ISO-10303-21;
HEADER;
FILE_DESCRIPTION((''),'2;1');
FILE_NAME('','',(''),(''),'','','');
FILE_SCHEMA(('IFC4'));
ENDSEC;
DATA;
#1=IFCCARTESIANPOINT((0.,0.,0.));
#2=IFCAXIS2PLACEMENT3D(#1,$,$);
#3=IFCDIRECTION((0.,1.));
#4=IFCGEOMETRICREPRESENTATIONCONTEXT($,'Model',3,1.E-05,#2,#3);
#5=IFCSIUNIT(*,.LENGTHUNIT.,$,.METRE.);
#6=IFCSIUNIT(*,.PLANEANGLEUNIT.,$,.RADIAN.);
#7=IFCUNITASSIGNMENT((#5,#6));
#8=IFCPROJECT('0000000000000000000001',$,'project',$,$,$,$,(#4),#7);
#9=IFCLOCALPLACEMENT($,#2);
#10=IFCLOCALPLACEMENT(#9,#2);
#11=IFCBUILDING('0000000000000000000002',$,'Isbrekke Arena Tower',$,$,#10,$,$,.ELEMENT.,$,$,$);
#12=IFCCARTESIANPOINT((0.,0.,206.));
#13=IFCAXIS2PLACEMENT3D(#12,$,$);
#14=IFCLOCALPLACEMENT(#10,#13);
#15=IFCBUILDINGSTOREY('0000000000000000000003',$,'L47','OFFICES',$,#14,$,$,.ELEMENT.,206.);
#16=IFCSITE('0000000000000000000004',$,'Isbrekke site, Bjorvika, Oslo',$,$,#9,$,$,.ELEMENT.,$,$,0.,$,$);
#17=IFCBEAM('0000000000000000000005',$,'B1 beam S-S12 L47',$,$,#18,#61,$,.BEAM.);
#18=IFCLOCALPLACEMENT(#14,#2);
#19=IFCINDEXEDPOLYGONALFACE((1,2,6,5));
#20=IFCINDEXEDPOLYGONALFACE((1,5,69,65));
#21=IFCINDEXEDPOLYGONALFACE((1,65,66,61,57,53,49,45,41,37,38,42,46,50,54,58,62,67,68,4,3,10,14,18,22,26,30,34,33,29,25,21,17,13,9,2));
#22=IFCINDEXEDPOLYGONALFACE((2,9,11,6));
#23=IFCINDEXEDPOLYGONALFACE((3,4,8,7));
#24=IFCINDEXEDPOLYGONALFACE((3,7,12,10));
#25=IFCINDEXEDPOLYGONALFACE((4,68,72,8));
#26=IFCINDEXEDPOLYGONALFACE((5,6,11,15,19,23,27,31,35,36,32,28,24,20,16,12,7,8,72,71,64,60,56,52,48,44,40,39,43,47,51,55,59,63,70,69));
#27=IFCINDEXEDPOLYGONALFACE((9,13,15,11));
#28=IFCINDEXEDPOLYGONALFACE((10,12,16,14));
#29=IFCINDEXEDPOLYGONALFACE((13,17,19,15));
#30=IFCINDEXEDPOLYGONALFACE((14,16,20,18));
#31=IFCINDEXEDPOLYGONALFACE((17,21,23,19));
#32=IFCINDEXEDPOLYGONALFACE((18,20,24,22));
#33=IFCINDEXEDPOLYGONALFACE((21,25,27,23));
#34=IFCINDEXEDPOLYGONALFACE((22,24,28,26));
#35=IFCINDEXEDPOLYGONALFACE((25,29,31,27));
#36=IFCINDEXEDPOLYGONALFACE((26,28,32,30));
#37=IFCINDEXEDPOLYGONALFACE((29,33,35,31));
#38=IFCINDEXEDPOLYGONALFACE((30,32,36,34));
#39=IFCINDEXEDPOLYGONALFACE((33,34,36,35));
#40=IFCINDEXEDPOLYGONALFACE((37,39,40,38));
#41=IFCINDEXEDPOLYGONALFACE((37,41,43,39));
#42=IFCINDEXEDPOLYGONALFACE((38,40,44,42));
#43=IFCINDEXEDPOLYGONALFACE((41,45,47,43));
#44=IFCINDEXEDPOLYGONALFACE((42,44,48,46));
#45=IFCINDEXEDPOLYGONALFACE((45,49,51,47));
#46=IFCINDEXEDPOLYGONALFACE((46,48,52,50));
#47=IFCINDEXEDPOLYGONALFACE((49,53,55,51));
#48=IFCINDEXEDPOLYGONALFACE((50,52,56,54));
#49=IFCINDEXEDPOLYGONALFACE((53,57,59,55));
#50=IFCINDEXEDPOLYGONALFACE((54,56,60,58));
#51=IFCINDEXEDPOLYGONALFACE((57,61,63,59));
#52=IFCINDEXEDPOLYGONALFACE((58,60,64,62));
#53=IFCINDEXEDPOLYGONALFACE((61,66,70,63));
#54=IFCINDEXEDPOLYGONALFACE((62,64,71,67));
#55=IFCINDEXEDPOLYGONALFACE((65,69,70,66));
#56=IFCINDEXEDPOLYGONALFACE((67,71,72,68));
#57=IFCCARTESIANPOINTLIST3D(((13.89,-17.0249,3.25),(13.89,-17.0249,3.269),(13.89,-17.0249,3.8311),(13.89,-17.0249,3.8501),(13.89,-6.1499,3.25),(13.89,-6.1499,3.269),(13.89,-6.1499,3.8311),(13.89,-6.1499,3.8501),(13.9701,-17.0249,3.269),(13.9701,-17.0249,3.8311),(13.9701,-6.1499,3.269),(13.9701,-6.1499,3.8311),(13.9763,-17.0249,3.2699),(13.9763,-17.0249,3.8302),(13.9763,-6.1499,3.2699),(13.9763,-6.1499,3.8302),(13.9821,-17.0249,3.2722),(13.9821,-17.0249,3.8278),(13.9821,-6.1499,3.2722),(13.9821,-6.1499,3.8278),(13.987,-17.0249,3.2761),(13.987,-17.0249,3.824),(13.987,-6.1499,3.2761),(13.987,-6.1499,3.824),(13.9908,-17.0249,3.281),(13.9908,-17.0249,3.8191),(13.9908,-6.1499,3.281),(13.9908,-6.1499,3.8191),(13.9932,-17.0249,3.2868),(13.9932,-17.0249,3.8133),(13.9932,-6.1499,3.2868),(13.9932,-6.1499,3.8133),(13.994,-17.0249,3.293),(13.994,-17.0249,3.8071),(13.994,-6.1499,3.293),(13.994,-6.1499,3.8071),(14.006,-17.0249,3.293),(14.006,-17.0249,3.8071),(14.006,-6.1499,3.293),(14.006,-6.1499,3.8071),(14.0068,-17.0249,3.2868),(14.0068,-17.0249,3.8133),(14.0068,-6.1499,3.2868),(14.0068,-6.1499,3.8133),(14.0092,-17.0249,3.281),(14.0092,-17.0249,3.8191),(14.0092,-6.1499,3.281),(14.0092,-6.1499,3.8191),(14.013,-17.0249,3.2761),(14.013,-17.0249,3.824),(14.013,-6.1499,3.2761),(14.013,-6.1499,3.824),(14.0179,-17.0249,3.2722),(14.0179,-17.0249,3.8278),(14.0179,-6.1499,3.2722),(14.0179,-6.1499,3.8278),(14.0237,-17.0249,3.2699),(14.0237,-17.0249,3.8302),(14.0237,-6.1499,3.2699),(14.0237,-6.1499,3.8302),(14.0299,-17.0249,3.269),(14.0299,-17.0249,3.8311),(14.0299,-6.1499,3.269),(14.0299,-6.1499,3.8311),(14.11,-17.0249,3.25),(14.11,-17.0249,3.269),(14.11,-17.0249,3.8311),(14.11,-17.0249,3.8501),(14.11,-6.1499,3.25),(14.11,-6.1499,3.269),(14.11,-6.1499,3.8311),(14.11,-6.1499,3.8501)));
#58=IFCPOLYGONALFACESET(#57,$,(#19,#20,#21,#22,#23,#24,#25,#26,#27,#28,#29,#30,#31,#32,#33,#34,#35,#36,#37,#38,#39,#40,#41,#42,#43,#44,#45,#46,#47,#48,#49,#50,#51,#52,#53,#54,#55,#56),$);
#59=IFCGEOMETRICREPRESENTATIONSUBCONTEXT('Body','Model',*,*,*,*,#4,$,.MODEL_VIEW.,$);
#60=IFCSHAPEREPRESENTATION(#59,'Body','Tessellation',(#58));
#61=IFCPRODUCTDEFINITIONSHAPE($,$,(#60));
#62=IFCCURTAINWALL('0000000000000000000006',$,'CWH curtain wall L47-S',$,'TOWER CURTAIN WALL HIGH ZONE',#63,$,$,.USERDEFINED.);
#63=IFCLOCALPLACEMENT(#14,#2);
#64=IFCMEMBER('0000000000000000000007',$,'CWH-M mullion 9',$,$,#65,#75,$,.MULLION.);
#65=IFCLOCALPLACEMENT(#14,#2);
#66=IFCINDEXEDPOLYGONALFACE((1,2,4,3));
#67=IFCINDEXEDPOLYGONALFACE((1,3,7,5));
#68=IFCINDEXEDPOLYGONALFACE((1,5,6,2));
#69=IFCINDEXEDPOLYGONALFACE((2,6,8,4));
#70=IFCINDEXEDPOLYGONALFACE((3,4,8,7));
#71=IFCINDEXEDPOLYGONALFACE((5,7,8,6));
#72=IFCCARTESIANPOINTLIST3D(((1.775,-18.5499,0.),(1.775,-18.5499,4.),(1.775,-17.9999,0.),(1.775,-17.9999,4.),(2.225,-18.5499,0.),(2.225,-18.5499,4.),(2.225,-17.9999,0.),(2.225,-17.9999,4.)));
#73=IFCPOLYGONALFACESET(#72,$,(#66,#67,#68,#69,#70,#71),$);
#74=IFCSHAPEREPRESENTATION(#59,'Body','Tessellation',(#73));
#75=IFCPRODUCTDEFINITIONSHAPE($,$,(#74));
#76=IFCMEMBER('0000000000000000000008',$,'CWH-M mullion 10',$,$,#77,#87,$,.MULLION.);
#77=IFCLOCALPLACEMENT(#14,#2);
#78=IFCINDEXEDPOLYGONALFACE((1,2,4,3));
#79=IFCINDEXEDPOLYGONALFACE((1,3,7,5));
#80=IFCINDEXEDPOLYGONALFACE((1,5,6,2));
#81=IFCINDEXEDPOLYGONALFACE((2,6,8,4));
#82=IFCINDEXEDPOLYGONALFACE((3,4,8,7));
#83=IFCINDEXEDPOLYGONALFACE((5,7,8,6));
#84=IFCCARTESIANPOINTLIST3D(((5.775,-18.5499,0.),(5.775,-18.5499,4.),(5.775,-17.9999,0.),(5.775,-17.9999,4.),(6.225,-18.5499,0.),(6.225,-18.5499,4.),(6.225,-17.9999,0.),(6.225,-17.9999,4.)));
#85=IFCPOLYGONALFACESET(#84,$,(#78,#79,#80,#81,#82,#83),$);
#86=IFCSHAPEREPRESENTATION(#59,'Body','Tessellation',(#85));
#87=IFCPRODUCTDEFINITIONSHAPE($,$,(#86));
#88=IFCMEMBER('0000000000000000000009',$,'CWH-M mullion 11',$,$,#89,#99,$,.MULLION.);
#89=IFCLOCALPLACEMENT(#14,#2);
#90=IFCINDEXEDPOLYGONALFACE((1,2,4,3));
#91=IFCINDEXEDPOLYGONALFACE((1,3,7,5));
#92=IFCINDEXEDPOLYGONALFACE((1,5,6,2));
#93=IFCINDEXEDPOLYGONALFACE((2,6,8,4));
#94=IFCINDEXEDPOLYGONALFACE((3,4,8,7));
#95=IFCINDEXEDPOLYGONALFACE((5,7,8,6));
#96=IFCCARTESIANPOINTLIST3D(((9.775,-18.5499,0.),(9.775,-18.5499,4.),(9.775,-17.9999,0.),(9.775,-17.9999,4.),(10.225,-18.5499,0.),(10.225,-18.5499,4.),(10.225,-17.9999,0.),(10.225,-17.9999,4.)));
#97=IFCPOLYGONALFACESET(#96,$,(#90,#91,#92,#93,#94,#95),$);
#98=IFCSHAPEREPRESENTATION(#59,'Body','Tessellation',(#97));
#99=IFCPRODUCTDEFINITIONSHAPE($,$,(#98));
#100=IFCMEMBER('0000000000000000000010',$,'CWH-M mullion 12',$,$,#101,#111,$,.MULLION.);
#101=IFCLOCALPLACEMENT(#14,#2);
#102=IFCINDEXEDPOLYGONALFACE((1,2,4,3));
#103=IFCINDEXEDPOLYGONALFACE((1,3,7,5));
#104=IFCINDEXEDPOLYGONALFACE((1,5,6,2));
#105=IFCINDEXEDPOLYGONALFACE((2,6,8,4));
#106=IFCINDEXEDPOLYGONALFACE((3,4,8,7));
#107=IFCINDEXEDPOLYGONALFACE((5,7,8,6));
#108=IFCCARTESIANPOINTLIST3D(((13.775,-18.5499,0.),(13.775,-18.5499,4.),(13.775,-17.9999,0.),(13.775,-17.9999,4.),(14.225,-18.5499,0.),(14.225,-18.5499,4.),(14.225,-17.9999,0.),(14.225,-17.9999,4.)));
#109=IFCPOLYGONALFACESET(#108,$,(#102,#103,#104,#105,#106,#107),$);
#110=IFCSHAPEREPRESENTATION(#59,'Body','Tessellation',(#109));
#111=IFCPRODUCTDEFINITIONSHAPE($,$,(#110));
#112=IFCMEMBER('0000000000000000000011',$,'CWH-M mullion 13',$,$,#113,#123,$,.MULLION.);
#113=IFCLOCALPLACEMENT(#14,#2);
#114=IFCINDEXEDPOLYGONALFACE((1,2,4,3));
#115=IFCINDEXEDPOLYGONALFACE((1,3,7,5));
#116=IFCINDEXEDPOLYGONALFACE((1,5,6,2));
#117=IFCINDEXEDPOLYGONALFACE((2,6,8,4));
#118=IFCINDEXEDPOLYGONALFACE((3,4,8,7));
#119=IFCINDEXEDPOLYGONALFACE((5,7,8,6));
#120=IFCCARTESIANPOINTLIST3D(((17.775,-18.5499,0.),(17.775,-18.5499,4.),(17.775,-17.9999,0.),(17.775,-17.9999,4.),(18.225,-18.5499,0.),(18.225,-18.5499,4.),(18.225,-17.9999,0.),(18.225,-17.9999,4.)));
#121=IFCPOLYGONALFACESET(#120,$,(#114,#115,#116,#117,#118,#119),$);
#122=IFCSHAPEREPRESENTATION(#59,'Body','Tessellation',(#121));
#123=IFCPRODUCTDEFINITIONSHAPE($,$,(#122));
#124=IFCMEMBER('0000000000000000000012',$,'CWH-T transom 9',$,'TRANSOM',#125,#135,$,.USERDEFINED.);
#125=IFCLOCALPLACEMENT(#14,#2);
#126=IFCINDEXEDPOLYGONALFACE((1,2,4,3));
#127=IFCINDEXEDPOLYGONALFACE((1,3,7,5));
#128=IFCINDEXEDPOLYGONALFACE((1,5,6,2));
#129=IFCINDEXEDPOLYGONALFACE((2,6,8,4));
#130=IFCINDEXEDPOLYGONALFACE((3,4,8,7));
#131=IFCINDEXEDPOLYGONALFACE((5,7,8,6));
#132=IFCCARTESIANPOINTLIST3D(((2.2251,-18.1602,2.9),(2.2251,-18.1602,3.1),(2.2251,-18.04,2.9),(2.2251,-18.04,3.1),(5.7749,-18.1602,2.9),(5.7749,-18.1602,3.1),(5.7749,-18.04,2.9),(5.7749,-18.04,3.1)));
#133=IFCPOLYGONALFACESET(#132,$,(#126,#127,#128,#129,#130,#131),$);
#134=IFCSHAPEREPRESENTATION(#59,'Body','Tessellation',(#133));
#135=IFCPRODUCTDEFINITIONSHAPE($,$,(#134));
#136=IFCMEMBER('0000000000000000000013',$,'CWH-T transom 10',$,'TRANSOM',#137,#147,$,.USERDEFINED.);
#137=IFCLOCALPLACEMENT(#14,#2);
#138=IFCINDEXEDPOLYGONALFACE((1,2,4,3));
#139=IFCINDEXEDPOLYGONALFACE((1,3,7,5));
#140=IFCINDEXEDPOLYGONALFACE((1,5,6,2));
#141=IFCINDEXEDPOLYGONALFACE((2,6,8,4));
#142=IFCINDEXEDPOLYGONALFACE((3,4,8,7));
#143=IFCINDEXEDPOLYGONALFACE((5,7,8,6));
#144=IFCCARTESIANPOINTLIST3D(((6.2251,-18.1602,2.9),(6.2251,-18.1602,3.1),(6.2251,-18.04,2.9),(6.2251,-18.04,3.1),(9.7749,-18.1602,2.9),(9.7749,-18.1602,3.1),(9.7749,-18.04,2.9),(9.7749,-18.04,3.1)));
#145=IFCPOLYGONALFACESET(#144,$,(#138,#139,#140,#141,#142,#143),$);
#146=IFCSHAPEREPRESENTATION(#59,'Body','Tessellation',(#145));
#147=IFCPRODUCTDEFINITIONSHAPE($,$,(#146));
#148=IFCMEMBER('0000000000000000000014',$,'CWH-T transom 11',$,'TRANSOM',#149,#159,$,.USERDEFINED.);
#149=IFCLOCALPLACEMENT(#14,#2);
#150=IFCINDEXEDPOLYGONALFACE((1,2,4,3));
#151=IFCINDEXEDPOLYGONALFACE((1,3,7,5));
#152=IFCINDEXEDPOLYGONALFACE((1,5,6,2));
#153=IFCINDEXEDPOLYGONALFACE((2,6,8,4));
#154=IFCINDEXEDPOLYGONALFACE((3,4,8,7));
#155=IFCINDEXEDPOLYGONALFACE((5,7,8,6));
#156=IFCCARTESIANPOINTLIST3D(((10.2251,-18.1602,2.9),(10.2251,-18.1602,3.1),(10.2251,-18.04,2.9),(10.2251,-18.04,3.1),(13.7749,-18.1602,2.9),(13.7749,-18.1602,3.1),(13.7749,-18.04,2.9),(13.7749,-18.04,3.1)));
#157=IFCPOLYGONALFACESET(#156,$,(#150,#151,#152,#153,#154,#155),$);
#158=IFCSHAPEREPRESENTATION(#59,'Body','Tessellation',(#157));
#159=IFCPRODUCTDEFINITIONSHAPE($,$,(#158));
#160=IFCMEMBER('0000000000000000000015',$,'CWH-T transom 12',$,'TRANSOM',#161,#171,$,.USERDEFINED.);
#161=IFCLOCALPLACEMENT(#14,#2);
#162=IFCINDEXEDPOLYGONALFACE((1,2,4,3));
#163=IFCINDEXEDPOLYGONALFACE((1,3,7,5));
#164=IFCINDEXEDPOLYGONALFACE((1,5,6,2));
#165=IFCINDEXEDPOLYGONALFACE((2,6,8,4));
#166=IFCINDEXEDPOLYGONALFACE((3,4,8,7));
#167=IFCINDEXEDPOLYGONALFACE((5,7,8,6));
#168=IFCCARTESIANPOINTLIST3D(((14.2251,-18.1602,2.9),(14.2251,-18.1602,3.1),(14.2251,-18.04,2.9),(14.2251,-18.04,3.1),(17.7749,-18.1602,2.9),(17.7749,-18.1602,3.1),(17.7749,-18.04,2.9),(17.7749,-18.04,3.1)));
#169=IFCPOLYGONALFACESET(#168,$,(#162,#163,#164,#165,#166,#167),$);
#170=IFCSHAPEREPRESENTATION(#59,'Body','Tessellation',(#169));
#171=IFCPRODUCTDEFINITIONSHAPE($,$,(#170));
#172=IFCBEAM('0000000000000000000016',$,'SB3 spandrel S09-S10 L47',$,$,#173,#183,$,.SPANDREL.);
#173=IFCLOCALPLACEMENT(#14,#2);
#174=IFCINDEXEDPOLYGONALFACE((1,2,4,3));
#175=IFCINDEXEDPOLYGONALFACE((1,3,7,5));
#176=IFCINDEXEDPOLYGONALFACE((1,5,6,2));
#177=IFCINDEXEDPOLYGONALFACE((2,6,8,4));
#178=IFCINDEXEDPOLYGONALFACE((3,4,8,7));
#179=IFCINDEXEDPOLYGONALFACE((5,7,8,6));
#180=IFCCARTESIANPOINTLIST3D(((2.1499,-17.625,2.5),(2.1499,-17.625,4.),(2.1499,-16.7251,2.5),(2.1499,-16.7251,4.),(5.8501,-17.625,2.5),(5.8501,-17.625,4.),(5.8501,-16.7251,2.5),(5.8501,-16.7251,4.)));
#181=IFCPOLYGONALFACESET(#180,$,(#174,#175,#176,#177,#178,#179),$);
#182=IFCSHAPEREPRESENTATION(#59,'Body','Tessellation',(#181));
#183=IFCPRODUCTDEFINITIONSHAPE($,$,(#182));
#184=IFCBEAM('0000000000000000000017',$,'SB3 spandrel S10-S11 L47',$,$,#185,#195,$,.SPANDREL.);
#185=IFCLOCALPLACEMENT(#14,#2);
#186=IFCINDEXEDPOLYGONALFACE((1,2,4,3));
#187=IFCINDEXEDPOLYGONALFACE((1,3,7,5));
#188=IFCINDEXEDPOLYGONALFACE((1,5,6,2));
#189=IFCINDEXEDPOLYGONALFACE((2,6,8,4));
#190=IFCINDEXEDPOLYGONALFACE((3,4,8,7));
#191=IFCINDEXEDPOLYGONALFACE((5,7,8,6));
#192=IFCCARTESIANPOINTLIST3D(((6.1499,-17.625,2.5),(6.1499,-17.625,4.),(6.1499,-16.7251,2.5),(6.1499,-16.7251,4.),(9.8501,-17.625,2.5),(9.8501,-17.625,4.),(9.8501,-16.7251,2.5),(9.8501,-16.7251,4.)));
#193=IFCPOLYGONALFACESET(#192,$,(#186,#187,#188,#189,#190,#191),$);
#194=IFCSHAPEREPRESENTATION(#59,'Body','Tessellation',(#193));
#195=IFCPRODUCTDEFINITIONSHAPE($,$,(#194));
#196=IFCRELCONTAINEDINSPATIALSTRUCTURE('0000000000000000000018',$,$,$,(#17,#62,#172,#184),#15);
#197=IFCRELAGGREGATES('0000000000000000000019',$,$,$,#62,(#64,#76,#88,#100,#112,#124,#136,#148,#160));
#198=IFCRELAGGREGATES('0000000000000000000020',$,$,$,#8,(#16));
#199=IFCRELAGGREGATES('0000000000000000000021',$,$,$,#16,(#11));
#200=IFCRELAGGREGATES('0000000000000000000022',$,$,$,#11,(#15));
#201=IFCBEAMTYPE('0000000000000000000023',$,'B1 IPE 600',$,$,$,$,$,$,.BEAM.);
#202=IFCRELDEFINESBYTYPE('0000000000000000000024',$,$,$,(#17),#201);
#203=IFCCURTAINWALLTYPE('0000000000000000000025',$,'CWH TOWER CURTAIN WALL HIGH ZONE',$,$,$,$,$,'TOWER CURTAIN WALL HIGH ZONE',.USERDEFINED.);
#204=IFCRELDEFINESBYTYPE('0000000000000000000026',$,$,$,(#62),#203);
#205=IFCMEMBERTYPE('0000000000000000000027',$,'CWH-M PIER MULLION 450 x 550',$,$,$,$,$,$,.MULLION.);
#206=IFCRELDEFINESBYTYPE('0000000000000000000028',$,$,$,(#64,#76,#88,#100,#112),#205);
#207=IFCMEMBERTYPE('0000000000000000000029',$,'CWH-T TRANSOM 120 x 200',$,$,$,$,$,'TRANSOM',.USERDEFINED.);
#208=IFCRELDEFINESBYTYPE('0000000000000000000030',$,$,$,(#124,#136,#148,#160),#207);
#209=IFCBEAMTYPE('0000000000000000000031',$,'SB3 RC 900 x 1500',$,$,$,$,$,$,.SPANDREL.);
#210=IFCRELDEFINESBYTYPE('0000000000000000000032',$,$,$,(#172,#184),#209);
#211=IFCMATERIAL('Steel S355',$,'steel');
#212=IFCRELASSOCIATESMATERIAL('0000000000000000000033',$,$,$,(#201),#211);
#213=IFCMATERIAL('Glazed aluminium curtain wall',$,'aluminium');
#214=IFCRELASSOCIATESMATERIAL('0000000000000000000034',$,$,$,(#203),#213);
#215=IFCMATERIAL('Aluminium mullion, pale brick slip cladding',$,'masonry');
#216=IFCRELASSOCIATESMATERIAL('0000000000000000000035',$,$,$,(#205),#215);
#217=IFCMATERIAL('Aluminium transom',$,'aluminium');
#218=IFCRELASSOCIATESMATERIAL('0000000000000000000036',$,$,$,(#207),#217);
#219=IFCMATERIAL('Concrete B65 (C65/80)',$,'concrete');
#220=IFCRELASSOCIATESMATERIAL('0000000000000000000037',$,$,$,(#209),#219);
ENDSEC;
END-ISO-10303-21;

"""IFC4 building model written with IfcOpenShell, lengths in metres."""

from ifc_helpers import new_model, si_unit, direction, frame, origin, origin_2d, place, context, subcontext, project, spatial, rectangle, i_section, extrude, material, material_profile, profile_set, type_object, element, aggregate, save


model = new_model("IFC4")

# Units and contexts
model_context = context("Model", 3, precision=1e-05, world=origin(), true_north=direction((0.0, 1.0)))
body_context = subcontext(model_context, "Body", "Model", "MODEL_VIEW")
ifc_project = project(units=[si_unit("LENGTHUNIT", "METRE"), si_unit("PLANEANGLEUNIT", "RADIAN")], contexts=[model_context])

# Site, building, storey
site_placement = place(None, origin())
site = spatial("IfcSite", under=ifc_project, at=site_placement, Name="Isbrekke site, Bjorvika, Oslo", CompositionType="ELEMENT", RefElevation=0.0)
building_placement = place(site_placement, origin())
building = spatial("IfcBuilding", under=site, at=building_placement, Name="Isbrekke Arena Tower", CompositionType="ELEMENT")
storey_placement = place(building_placement, frame((0.0, 0.0, 206.0)))
storey = spatial("IfcBuildingStorey", under=building, at=storey_placement, Name="L47", Description="OFFICES", CompositionType="ELEMENT", Elevation=206.0)

# Beam
ifc_material_1 = material(Name="Steel S355", Category="steel")
ifc_material_profile_1 = material_profile(ifc_material_1, i_section(OverallWidth=0.22, OverallDepth=0.6001, WebThickness=0.012, FlangeThickness=0.019, FilletRadius=0.0239, at=origin_2d()), Name="IPE 600")
ifc_profile_set_1 = profile_set([ifc_material_profile_1], Name="Steel S355")
beam_type_1 = type_object("IfcBeamType", Name="B1 IPE 600", PredefinedType="BEAM", material=ifc_profile_set_1)
beam_placement = place(storey_placement, frame((14.0, -17.0249, 3.55), z_axis=(0.0, 1.0, 0.0), x_axis=(-1.0, 0.0, 0.0)))
element("IfcBeam", 1, at=beam_placement, inside=storey, type_object=beam_type_1, Name="B1 beam S-S12 L47", PredefinedType="BEAM", context=body_context, shape_type="SweptSolid", body=[
    extrude(i_section(OverallWidth=0.22, OverallDepth=0.6001, WebThickness=0.012, FlangeThickness=0.019, FilletRadius=0.0239, at=origin_2d()), origin(), (0.0, 0.0, 1.0), 10.875),
])

# Curtain wall, members
ifc_material_2 = material(Name="Glazed aluminium curtain wall", Category="aluminium")
curtain_wall_type = type_object("IfcCurtainWallType", Name="CWH TOWER CURTAIN WALL HIGH ZONE", ElementType="TOWER CURTAIN WALL HIGH ZONE", PredefinedType="USERDEFINED", material=ifc_material_2)
curtain_wall_placement = place(storey_placement, origin())
curtain_wall = element("IfcCurtainWall", 2, at=curtain_wall_placement, inside=storey, type_object=curtain_wall_type, Name="CWH curtain wall L47-S", ObjectType="TOWER CURTAIN WALL HIGH ZONE", PredefinedType="USERDEFINED")
ifc_material_3 = material(Name="Aluminium mullion, pale brick slip cladding", Category="masonry")
ifc_material_profile_2 = material_profile(ifc_material_3, rectangle(XDim=0.45, YDim=0.55, at=origin_2d()), Name="PIER 450X550")
ifc_profile_set_2 = profile_set([ifc_material_profile_2], Name="Aluminium mullion, pale brick slip cladding")
member_type_1 = type_object("IfcMemberType", Name="CWH-M PIER MULLION 450 x 550", PredefinedType="MULLION", material=ifc_profile_set_2)
member_1_placement = place(storey_placement, frame((2.0, -18.2749, 0.0), z_axis=(0.0, 0.0, 1.0), x_axis=(1.0, 0.0, 0.0)))
member_1 = element("IfcMember", 3, at=member_1_placement, type_object=member_type_1, Name="CWH-M mullion 9", PredefinedType="MULLION", context=body_context, shape_type="SweptSolid", body=[
    extrude(rectangle(XDim=0.45, YDim=0.55, at=origin_2d()), origin(), (0.0, 0.0, 1.0), 4.0),
])
member_2_placement = place(storey_placement, frame((6.0, -18.2749, 0.0), z_axis=(0.0, 0.0, 1.0), x_axis=(1.0, 0.0, 0.0)))
member_2 = element("IfcMember", 4, at=member_2_placement, type_object=member_type_1, Name="CWH-M mullion 10", PredefinedType="MULLION", context=body_context, shape_type="SweptSolid", body=[
    extrude(rectangle(XDim=0.45, YDim=0.55, at=origin_2d()), origin(), (0.0, 0.0, 1.0), 4.0),
])
member_3_placement = place(storey_placement, frame((10.0, -18.2749, 0.0), z_axis=(0.0, 0.0, 1.0), x_axis=(1.0, 0.0, 0.0)))
member_3 = element("IfcMember", 5, at=member_3_placement, type_object=member_type_1, Name="CWH-M mullion 11", PredefinedType="MULLION", context=body_context, shape_type="SweptSolid", body=[
    extrude(rectangle(XDim=0.45, YDim=0.55, at=origin_2d()), origin(), (0.0, 0.0, 1.0), 4.0),
])
member_4_placement = place(storey_placement, frame((14.0, -18.2749, 0.0), z_axis=(0.0, 0.0, 1.0), x_axis=(1.0, 0.0, 0.0)))
member_4 = element("IfcMember", 6, at=member_4_placement, type_object=member_type_1, Name="CWH-M mullion 12", PredefinedType="MULLION", context=body_context, shape_type="SweptSolid", body=[
    extrude(rectangle(XDim=0.45, YDim=0.55, at=origin_2d()), origin(), (0.0, 0.0, 1.0), 4.0),
])
member_5_placement = place(storey_placement, frame((18.0, -18.2749, 0.0), z_axis=(0.0, 0.0, 1.0), x_axis=(1.0, 0.0, 0.0)))
member_5 = element("IfcMember", 7, at=member_5_placement, type_object=member_type_1, Name="CWH-M mullion 13", PredefinedType="MULLION", context=body_context, shape_type="SweptSolid", body=[
    extrude(rectangle(XDim=0.45, YDim=0.55, at=origin_2d()), origin(), (0.0, 0.0, 1.0), 4.0),
])
ifc_material_4 = material(Name="Aluminium transom", Category="aluminium")
ifc_material_profile_3 = material_profile(ifc_material_4, rectangle(XDim=0.1201, YDim=0.2, at=origin_2d()), Name="TRANSOM 120X200")
ifc_profile_set_3 = profile_set([ifc_material_profile_3], Name="Aluminium transom")
member_type_2 = type_object("IfcMemberType", Name="CWH-T TRANSOM 120 x 200", ElementType="TRANSOM", PredefinedType="USERDEFINED", material=ifc_profile_set_3)
member_6_placement = place(storey_placement, frame((2.2251, -18.1001, 3.0), z_axis=(1.0, 0.0, 0.0), x_axis=(0.0, 1.0, 0.0)))
member_6 = element("IfcMember", 8, at=member_6_placement, type_object=member_type_2, Name="CWH-T transom 9", ObjectType="TRANSOM", PredefinedType="USERDEFINED", context=body_context, shape_type="SweptSolid", body=[
    extrude(rectangle(XDim=0.1201, YDim=0.2, at=origin_2d()), origin(), (0.0, 0.0, 1.0), 3.5498),
])
member_7_placement = place(storey_placement, frame((6.2251, -18.1001, 3.0), z_axis=(1.0, 0.0, 0.0), x_axis=(0.0, 1.0, 0.0)))
member_7 = element("IfcMember", 9, at=member_7_placement, type_object=member_type_2, Name="CWH-T transom 10", ObjectType="TRANSOM", PredefinedType="USERDEFINED", context=body_context, shape_type="SweptSolid", body=[
    extrude(rectangle(XDim=0.1201, YDim=0.2, at=origin_2d()), origin(), (0.0, 0.0, 1.0), 3.5498),
])
member_8_placement = place(storey_placement, frame((10.2251, -18.1001, 3.0), z_axis=(1.0, 0.0, 0.0), x_axis=(0.0, 1.0, 0.0)))
member_8 = element("IfcMember", 10, at=member_8_placement, type_object=member_type_2, Name="CWH-T transom 11", ObjectType="TRANSOM", PredefinedType="USERDEFINED", context=body_context, shape_type="SweptSolid", body=[
    extrude(rectangle(XDim=0.1201, YDim=0.2, at=origin_2d()), origin(), (0.0, 0.0, 1.0), 3.5498),
])
member_9_placement = place(storey_placement, frame((14.2251, -18.1001, 3.0), z_axis=(1.0, 0.0, 0.0), x_axis=(0.0, 1.0, 0.0)))
member_9 = element("IfcMember", 11, at=member_9_placement, type_object=member_type_2, Name="CWH-T transom 12", ObjectType="TRANSOM", PredefinedType="USERDEFINED", context=body_context, shape_type="SweptSolid", body=[
    extrude(rectangle(XDim=0.1201, YDim=0.2, at=origin_2d()), origin(), (0.0, 0.0, 1.0), 3.5498),
])

# Beams
ifc_material_5 = material(Name="Concrete B65 (C65/80)", Category="concrete")
ifc_material_profile_4 = material_profile(ifc_material_5, rectangle(XDim=0.8999, YDim=1.5, at=origin_2d()), Name="RC 900x1500")
ifc_profile_set_4 = profile_set([ifc_material_profile_4], Name="Concrete B65 (C65/80)")
beam_type_2 = type_object("IfcBeamType", Name="SB3 RC 900 x 1500", PredefinedType="SPANDREL", material=ifc_profile_set_4)
for number, where, z_axis, x_axis, name in (
    (12, (2.1499, -17.175, 3.25), (1.0, 0.0, 0.0), (0.0, 1.0, 0.0), "SB3 spandrel S09-S10 L47"),
    (13, (6.1499, -17.175, 3.25), (1.0, 0.0, 0.0), (0.0, 1.0, 0.0), "SB3 spandrel S10-S11 L47"),
):
    element("IfcBeam", number, at=place(storey_placement, frame(where, z_axis=z_axis, x_axis=x_axis)), inside=storey, type_object=beam_type_2, Name=name, PredefinedType="SPANDREL", context=body_context, shape_type="SweptSolid", body=[
        extrude(rectangle(XDim=0.8999, YDim=1.5, at=origin_2d()), origin(), (0.0, 0.0, 1.0), 3.7002),
    ])

aggregate(curtain_wall, [member_1, member_2, member_3, member_4, member_5, member_6, member_7, member_8, member_9])

save(model, "model.ifc")
